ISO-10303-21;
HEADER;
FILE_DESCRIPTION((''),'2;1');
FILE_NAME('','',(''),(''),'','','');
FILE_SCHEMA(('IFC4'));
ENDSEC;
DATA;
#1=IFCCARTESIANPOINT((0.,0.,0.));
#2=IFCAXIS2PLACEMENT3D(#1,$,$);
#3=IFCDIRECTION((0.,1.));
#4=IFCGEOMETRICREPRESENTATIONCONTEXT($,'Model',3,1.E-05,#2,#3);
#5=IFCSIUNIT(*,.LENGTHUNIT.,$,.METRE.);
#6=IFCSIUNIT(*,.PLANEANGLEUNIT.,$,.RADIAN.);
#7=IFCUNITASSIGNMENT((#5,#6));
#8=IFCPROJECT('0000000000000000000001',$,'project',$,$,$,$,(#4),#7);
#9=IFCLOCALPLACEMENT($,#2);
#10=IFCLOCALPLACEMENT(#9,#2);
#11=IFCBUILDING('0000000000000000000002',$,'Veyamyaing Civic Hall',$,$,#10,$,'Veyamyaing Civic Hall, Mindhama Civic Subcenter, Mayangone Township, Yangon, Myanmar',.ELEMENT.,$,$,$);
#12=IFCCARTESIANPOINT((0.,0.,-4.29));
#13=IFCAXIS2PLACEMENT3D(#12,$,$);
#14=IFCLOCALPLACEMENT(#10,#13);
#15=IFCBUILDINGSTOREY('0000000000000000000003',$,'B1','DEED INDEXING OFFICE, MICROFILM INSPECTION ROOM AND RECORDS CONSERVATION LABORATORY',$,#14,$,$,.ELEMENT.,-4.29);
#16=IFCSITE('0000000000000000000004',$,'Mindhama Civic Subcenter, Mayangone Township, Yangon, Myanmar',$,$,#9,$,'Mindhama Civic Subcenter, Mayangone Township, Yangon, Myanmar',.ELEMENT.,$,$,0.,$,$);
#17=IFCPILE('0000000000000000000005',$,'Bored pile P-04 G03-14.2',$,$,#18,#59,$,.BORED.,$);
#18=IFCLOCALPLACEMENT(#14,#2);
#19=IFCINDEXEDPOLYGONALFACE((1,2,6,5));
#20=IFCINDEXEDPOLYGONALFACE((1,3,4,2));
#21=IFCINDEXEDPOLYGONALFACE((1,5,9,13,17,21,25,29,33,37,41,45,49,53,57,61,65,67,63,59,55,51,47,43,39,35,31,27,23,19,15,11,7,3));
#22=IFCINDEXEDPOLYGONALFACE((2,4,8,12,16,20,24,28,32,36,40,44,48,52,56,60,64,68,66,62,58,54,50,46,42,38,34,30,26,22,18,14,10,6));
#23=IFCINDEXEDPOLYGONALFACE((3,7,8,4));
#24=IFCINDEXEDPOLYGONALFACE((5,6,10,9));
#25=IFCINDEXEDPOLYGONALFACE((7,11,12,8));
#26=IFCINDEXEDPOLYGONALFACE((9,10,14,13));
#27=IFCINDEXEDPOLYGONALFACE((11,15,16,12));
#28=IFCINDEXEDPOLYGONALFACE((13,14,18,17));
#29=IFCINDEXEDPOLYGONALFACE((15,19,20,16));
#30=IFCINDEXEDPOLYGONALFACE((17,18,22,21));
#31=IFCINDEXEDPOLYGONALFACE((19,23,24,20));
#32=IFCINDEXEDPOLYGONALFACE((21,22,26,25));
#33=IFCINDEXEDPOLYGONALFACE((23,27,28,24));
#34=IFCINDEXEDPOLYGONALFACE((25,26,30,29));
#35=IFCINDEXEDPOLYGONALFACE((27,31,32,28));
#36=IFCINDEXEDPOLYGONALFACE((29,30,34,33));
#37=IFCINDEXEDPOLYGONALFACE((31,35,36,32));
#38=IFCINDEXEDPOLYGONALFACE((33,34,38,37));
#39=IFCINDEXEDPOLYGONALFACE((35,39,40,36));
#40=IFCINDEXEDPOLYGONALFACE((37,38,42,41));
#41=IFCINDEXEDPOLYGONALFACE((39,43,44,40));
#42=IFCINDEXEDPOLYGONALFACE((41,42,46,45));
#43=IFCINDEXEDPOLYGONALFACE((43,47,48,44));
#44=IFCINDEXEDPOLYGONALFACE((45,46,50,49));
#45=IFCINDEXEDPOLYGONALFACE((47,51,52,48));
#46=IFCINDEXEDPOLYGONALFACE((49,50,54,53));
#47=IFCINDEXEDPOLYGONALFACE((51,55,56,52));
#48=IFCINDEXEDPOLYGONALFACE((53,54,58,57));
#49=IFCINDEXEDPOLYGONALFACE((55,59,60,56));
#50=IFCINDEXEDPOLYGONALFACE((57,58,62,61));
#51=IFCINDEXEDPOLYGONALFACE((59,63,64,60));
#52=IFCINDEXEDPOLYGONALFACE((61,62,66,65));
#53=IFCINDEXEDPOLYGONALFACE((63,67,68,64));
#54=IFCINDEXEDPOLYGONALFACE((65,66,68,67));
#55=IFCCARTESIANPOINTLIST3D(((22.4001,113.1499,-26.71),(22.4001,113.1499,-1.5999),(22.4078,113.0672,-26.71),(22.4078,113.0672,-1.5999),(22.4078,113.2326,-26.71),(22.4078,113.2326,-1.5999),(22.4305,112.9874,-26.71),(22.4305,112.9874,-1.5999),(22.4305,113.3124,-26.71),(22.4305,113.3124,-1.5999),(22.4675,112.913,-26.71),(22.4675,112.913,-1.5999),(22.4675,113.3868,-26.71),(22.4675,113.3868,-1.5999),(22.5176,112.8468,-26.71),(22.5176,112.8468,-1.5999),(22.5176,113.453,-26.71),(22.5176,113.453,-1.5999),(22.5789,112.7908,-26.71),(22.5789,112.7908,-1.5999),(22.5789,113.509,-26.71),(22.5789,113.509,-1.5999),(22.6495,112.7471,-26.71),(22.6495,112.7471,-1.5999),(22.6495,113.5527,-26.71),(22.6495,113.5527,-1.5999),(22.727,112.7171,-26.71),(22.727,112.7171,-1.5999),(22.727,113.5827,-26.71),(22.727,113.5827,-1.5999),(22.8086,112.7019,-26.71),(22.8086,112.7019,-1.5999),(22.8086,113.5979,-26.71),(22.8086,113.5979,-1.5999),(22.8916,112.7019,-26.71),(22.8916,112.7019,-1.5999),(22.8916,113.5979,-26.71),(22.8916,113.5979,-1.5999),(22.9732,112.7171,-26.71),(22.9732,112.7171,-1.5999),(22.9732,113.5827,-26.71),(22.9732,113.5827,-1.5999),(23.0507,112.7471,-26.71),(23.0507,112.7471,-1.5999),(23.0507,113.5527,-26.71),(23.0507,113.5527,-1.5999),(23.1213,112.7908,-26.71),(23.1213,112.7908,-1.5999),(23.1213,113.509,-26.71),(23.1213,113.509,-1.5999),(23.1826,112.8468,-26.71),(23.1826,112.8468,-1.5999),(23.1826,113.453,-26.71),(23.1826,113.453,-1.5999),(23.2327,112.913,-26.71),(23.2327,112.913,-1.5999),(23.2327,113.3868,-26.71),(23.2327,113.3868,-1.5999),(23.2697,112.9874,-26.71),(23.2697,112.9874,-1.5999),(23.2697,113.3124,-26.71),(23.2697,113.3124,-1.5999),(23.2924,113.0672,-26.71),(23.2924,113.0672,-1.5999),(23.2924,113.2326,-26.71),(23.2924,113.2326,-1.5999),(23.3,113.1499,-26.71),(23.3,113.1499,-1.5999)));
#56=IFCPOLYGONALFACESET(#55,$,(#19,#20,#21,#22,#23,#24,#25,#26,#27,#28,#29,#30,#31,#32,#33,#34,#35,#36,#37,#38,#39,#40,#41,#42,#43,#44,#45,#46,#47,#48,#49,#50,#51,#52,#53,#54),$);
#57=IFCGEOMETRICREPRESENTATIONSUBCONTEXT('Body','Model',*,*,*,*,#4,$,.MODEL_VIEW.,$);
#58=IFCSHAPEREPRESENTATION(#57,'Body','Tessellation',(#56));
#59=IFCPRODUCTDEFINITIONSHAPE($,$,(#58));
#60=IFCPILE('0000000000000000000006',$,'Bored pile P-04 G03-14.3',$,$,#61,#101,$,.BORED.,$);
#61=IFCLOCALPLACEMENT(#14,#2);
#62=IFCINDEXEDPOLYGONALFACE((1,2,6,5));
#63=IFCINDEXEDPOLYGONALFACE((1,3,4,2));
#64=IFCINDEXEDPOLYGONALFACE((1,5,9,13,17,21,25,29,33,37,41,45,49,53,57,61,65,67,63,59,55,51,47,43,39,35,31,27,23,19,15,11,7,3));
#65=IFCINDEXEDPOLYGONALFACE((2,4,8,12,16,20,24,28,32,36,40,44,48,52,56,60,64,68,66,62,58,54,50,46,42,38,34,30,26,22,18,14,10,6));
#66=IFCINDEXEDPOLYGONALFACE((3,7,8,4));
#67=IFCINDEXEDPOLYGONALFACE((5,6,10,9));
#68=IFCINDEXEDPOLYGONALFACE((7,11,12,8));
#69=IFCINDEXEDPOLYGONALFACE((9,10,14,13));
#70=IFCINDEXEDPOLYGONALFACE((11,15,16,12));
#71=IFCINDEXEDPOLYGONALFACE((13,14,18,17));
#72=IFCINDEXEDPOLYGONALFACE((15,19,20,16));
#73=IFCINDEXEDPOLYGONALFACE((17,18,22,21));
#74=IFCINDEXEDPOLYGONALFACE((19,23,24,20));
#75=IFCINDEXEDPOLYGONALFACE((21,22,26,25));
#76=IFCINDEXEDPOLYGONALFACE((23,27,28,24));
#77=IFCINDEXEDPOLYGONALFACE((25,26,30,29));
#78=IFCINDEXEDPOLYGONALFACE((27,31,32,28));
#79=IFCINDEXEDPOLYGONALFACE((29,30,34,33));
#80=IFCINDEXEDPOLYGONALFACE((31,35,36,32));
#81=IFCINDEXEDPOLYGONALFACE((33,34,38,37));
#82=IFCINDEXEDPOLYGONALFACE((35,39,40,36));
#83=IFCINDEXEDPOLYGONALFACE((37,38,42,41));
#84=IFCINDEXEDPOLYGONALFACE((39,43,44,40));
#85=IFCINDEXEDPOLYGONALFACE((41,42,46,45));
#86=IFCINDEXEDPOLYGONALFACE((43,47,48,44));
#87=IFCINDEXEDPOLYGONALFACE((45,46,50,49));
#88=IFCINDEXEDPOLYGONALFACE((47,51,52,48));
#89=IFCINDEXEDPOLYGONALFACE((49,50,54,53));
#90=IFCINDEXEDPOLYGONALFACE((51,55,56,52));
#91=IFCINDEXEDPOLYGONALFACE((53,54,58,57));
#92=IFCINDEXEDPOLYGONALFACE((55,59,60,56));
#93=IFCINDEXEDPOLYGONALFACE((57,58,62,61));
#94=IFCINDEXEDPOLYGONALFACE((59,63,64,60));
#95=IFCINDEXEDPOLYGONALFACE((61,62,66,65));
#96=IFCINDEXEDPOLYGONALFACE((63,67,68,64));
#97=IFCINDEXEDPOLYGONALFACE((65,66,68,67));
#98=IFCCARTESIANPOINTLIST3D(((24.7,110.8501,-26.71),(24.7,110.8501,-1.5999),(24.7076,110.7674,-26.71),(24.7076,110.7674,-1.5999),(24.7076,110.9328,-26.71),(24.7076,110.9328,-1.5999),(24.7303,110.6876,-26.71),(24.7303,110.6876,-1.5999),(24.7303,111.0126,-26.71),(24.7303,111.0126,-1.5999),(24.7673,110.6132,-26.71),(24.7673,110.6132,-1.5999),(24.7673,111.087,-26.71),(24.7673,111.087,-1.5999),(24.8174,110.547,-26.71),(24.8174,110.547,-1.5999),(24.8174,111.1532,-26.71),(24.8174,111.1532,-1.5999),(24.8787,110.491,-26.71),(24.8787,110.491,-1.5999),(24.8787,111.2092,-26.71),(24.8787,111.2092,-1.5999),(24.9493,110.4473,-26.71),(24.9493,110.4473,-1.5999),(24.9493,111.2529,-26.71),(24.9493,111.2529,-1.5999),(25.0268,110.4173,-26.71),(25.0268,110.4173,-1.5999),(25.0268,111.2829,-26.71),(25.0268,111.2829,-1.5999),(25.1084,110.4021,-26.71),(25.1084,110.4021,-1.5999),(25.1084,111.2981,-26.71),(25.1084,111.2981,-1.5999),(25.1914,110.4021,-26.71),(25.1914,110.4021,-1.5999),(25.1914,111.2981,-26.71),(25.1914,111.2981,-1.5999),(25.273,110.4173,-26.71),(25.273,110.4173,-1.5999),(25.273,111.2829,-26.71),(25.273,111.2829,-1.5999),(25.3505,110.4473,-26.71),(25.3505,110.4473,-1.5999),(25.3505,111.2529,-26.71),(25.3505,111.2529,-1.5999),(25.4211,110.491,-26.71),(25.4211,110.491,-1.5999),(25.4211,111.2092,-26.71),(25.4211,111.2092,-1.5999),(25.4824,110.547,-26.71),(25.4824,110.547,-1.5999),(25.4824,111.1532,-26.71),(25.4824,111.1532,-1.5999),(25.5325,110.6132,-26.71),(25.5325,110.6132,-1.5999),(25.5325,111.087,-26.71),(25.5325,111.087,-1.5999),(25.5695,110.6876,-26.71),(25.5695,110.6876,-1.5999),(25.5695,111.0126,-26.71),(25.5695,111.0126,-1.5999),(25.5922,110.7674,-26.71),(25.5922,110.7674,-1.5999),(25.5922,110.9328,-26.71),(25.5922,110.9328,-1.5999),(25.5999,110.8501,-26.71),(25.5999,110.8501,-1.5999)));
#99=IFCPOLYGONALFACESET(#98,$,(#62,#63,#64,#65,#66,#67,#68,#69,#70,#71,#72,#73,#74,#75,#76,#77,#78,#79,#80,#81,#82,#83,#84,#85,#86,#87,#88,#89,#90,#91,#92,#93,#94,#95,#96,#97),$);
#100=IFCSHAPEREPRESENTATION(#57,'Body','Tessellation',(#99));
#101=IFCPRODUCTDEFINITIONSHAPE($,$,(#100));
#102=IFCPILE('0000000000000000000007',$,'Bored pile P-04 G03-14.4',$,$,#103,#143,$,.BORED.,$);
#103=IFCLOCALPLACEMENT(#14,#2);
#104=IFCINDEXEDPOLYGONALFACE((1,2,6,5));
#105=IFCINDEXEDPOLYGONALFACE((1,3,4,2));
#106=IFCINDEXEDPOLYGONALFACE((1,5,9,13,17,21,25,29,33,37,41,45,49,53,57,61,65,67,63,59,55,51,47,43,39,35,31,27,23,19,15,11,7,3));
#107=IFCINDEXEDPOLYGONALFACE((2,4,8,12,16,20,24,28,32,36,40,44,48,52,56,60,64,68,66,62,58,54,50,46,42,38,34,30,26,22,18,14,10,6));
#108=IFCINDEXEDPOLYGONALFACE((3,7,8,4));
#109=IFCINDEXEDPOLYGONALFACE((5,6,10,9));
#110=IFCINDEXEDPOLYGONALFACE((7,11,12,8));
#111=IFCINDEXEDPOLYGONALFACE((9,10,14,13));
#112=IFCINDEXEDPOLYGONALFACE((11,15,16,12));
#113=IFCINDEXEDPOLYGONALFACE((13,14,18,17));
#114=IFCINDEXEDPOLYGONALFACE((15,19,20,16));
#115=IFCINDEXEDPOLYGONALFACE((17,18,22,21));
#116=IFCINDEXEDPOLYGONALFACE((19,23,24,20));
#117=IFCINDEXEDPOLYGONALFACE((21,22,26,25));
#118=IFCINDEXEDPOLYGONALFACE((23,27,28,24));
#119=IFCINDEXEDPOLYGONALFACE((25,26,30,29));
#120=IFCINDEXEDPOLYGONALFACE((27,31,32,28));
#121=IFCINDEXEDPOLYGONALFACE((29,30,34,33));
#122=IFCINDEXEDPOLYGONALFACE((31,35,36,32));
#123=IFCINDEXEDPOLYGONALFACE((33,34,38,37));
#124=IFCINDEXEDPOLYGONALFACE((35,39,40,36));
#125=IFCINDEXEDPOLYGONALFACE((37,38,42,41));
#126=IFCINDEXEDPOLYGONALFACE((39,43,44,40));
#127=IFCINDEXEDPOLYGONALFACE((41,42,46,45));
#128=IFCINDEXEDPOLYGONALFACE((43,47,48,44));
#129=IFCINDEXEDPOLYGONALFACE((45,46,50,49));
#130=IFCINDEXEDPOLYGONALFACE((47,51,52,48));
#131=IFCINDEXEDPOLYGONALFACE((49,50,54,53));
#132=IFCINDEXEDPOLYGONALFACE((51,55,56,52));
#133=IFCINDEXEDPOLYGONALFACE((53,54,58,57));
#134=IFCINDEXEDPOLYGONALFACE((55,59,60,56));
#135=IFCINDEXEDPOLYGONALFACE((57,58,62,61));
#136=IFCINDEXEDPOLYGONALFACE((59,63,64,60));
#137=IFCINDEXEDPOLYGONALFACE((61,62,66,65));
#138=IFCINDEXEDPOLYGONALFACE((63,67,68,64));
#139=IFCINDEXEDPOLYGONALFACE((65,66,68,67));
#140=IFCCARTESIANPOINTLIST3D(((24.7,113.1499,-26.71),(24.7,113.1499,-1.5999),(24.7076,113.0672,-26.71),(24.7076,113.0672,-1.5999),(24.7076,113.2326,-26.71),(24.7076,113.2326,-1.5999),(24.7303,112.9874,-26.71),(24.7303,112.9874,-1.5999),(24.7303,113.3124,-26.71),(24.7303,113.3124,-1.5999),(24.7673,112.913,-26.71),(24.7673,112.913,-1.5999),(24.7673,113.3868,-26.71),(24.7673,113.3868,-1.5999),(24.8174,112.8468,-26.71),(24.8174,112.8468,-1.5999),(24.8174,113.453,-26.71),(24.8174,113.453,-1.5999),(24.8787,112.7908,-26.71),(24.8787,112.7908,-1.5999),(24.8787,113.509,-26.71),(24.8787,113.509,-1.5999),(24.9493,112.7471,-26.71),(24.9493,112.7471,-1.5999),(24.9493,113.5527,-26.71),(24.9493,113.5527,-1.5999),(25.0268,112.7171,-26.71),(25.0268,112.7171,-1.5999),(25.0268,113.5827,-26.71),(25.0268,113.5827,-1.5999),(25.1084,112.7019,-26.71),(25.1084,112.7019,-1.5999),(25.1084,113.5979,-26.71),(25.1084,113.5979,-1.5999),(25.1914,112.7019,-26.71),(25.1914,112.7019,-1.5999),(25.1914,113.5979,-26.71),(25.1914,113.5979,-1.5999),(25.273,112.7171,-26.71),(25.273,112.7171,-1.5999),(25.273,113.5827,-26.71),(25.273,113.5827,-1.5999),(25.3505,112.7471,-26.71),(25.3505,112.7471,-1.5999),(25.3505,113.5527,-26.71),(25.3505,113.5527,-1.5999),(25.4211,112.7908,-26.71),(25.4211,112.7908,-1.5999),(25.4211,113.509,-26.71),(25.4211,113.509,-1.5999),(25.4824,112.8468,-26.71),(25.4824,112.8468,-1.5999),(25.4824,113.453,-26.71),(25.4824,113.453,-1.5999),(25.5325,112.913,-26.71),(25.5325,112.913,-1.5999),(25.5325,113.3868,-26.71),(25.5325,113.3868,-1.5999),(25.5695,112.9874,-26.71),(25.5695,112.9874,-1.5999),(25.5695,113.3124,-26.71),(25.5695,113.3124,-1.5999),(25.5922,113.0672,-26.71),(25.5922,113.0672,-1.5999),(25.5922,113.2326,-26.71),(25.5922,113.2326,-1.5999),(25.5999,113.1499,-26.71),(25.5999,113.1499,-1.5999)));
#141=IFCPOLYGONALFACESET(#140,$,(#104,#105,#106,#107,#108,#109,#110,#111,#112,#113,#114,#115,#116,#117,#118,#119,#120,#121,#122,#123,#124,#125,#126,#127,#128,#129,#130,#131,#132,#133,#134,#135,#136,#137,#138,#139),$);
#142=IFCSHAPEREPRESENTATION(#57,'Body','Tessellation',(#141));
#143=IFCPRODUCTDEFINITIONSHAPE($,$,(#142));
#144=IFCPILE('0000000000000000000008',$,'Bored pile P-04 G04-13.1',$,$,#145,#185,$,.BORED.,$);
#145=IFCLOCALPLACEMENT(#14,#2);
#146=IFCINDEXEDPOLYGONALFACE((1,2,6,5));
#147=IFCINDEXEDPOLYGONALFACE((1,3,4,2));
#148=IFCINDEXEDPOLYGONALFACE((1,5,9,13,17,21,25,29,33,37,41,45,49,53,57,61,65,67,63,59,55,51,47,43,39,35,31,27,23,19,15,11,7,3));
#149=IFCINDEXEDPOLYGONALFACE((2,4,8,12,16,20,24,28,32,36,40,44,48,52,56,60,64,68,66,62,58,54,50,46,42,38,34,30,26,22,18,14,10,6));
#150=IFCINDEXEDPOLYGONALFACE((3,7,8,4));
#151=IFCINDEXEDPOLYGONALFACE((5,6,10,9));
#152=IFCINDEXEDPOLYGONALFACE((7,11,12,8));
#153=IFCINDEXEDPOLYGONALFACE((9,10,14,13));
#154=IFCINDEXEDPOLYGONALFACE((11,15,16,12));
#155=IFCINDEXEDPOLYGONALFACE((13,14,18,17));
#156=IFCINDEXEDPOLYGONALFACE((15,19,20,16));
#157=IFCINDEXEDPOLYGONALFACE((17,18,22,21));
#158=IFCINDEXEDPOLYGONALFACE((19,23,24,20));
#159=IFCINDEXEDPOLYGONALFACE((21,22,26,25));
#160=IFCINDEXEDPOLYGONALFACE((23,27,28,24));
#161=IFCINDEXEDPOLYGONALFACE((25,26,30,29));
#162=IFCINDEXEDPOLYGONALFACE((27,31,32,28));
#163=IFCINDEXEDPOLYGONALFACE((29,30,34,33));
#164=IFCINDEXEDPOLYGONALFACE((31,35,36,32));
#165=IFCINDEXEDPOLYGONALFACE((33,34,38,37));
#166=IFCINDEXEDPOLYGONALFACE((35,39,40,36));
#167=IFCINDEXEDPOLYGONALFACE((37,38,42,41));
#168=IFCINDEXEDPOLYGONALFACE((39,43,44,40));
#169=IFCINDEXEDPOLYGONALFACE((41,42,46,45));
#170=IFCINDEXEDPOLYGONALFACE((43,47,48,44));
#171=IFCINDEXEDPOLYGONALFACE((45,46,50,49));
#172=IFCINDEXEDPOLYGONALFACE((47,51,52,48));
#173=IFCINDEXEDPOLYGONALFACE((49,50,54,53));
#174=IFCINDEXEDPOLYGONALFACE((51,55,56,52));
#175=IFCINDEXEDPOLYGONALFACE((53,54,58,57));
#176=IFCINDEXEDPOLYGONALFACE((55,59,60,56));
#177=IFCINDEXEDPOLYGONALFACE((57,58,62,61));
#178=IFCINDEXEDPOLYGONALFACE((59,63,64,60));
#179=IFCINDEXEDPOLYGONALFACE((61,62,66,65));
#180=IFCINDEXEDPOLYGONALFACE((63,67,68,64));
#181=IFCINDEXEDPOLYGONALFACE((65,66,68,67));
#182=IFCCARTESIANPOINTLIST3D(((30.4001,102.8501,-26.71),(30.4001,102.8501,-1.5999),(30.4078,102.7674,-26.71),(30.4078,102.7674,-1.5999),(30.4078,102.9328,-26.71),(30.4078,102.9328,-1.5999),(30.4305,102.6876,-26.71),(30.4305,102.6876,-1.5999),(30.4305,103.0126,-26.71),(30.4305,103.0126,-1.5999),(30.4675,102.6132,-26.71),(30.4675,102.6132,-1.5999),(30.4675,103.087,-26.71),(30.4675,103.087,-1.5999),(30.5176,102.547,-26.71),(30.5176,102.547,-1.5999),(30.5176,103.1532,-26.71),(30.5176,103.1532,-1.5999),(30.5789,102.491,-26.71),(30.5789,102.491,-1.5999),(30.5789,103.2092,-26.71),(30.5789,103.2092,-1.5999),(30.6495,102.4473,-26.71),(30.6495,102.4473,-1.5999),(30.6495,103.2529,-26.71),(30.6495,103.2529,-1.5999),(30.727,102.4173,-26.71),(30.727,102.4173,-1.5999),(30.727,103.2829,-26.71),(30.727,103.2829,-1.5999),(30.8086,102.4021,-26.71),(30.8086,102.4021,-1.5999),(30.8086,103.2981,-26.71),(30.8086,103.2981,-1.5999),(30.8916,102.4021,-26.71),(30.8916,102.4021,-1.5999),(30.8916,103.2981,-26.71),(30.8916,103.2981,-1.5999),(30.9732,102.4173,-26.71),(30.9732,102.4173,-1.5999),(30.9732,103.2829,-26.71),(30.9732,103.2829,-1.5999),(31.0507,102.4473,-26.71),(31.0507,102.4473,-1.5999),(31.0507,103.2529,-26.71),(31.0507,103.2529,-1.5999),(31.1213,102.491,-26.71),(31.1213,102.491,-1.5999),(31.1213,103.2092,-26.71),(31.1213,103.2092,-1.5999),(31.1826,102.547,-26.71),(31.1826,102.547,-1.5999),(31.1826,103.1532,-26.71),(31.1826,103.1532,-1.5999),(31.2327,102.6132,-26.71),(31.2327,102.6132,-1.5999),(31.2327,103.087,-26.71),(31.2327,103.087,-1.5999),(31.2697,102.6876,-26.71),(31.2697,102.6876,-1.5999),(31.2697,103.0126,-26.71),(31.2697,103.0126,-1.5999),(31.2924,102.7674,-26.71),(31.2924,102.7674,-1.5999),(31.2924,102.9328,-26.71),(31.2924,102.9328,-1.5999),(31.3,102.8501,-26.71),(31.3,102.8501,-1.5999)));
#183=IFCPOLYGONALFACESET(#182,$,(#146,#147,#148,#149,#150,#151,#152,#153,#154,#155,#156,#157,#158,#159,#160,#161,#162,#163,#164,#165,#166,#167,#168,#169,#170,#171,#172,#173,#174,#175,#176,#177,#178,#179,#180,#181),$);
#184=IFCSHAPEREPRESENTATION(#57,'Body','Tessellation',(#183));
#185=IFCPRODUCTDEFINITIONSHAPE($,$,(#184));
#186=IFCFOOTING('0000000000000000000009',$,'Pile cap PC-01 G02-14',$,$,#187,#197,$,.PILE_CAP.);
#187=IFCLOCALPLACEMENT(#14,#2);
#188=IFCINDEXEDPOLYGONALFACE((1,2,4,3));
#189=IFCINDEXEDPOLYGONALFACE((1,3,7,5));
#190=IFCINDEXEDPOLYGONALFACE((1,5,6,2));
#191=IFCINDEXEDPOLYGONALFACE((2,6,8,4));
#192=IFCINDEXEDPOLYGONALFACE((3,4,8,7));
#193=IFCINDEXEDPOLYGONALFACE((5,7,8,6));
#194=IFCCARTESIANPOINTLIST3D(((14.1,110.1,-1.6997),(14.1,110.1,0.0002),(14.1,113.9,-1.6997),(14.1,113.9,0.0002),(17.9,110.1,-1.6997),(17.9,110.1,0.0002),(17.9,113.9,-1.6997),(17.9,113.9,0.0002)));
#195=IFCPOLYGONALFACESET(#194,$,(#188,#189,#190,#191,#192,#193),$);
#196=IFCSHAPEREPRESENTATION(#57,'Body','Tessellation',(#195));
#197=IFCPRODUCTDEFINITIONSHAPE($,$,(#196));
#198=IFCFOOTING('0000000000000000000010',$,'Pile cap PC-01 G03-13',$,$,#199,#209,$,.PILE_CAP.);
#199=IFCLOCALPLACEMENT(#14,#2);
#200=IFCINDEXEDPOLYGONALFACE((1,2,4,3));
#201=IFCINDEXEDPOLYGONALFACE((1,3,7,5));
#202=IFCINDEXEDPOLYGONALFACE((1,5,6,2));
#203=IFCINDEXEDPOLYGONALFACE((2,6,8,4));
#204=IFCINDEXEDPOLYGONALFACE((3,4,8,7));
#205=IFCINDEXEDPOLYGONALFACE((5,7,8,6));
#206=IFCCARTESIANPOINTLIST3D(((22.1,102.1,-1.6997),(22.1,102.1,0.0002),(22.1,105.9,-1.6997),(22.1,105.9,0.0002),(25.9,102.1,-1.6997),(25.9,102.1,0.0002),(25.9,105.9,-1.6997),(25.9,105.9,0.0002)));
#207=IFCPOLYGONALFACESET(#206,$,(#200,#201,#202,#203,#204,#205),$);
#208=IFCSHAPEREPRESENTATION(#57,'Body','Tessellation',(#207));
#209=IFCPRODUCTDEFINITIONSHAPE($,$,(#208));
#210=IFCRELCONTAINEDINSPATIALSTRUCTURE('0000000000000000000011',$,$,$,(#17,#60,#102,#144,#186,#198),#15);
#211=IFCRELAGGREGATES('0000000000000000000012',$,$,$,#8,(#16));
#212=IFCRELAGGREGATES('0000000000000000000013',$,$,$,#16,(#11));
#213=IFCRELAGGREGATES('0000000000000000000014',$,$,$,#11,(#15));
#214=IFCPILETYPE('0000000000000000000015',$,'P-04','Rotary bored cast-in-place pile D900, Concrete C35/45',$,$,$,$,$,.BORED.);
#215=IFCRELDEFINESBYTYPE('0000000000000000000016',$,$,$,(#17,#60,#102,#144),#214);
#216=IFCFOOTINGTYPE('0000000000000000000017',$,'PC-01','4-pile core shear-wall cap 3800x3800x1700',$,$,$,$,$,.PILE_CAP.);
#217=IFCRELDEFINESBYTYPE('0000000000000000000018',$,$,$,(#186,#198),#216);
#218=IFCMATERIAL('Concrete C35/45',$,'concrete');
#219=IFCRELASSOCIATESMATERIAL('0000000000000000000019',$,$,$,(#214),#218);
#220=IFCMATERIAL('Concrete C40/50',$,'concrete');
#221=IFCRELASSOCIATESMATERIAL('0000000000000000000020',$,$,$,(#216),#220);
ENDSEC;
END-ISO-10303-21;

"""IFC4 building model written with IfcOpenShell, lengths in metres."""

from ifc_helpers import new_model, si_unit, direction, frame, origin, origin_2d, place, context, subcontext, project, spatial, rectangle, circle, extrude, material, material_profile, profile_set, type_object, element, save


model = new_model("IFC4")

# Units and contexts
model_context = context("Model", 3, precision=1e-05, world=origin(), true_north=direction((0.0, 1.0)))
body_context = subcontext(model_context, "Body", "Model", "MODEL_VIEW")
ifc_project = project(units=[si_unit("LENGTHUNIT", "METRE"), si_unit("PLANEANGLEUNIT", "RADIAN")], contexts=[model_context])

# Site, building, storey
site_placement = place(None, origin())
site = spatial("IfcSite", under=ifc_project, at=site_placement, Name="Mindhama Civic Subcenter, Mayangone Township, Yangon, Myanmar", LongName="Mindhama Civic Subcenter, Mayangone Township, Yangon, Myanmar", CompositionType="ELEMENT", RefElevation=0.0)
building_placement = place(site_placement, origin())
building = spatial("IfcBuilding", under=site, at=building_placement, Name="Veyamyaing Civic Hall", LongName="Veyamyaing Civic Hall, Mindhama Civic Subcenter, Mayangone Township, Yangon, Myanmar", CompositionType="ELEMENT")
storey_placement = place(building_placement, frame((0.0, 0.0, -4.29)))
storey = spatial("IfcBuildingStorey", under=building, at=storey_placement, Name="B1", Description="DEED INDEXING OFFICE, MICROFILM INSPECTION ROOM AND RECORDS CONSERVATION LABORATORY", CompositionType="ELEMENT", Elevation=-4.29)

# Shared definitions
ifc_material_1 = material(Name="Concrete C40/50", Category="concrete")

# Piles
ifc_material_2 = material(Name="Concrete C35/45", Category="concrete")
ifc_material_profile_1 = material_profile(ifc_material_2, circle(Radius=0.45, at=origin_2d()), Name="PILE-D900")
ifc_profile_set_1 = profile_set([ifc_material_profile_1], Name="Concrete C35/45")
pile_type_1 = type_object("IfcPileType", Name="P-04", Description="Rotary bored cast-in-place pile D900, Concrete C35/45", PredefinedType="BORED", material=ifc_profile_set_1)
for number, where, z_axis, x_axis, name in (
    (1, (22.8501, 113.1499, -1.5999), (0.0, 0.0, -1.0), (1.0, 0.0, 0.0), "Bored pile P-04 G03-14.2"),
    (2, (25.1499, 110.8501, -1.5999), (0.0, 0.0, -1.0), (1.0, 0.0, 0.0), "Bored pile P-04 G03-14.3"),
    (3, (25.1499, 113.1499, -1.5999), (0.0, 0.0, -1.0), (1.0, 0.0, 0.0), "Bored pile P-04 G03-14.4"),
    (4, (30.8501, 102.8501, -1.5999), (0.0, 0.0, -1.0), (1.0, 0.0, 0.0), "Bored pile P-04 G04-13.1"),
):
    element("IfcPile", number, at=place(storey_placement, frame(where, z_axis=z_axis, x_axis=x_axis)), inside=storey, type_object=pile_type_1, Name=name, PredefinedType="BORED", context=body_context, shape_type="SweptSolid", body=[
        extrude(circle(Radius=0.45, at=origin_2d()), origin(), (0.0, 0.0, 1.0), 25.1101),
    ])

# Footings
footing_type_1 = type_object("IfcFootingType", Name="PC-01", Description="4-pile core shear-wall cap 3800x3800x1700", PredefinedType="PILE_CAP", material=ifc_material_1)
for number, where, z_axis, x_axis, name in (
    (5, (16.0, 112.0, -1.6997), (0.0, 0.0, 1.0), (1.0, 0.0, 0.0), "Pile cap PC-01 G02-14"),
    (6, (24.0, 104.0, -1.6997), (0.0, 0.0, 1.0), (1.0, 0.0, 0.0), "Pile cap PC-01 G03-13"),
):
    element("IfcFooting", number, at=place(storey_placement, frame(where, z_axis=z_axis, x_axis=x_axis)), inside=storey, type_object=footing_type_1, Name=name, PredefinedType="PILE_CAP", context=body_context, shape_type="SweptSolid", body=[
        extrude(rectangle(XDim=3.8, YDim=3.8, at=origin_2d()), origin(), (0.0, 0.0, 1.0), 1.7),
    ])

save(model, "model.ifc")
